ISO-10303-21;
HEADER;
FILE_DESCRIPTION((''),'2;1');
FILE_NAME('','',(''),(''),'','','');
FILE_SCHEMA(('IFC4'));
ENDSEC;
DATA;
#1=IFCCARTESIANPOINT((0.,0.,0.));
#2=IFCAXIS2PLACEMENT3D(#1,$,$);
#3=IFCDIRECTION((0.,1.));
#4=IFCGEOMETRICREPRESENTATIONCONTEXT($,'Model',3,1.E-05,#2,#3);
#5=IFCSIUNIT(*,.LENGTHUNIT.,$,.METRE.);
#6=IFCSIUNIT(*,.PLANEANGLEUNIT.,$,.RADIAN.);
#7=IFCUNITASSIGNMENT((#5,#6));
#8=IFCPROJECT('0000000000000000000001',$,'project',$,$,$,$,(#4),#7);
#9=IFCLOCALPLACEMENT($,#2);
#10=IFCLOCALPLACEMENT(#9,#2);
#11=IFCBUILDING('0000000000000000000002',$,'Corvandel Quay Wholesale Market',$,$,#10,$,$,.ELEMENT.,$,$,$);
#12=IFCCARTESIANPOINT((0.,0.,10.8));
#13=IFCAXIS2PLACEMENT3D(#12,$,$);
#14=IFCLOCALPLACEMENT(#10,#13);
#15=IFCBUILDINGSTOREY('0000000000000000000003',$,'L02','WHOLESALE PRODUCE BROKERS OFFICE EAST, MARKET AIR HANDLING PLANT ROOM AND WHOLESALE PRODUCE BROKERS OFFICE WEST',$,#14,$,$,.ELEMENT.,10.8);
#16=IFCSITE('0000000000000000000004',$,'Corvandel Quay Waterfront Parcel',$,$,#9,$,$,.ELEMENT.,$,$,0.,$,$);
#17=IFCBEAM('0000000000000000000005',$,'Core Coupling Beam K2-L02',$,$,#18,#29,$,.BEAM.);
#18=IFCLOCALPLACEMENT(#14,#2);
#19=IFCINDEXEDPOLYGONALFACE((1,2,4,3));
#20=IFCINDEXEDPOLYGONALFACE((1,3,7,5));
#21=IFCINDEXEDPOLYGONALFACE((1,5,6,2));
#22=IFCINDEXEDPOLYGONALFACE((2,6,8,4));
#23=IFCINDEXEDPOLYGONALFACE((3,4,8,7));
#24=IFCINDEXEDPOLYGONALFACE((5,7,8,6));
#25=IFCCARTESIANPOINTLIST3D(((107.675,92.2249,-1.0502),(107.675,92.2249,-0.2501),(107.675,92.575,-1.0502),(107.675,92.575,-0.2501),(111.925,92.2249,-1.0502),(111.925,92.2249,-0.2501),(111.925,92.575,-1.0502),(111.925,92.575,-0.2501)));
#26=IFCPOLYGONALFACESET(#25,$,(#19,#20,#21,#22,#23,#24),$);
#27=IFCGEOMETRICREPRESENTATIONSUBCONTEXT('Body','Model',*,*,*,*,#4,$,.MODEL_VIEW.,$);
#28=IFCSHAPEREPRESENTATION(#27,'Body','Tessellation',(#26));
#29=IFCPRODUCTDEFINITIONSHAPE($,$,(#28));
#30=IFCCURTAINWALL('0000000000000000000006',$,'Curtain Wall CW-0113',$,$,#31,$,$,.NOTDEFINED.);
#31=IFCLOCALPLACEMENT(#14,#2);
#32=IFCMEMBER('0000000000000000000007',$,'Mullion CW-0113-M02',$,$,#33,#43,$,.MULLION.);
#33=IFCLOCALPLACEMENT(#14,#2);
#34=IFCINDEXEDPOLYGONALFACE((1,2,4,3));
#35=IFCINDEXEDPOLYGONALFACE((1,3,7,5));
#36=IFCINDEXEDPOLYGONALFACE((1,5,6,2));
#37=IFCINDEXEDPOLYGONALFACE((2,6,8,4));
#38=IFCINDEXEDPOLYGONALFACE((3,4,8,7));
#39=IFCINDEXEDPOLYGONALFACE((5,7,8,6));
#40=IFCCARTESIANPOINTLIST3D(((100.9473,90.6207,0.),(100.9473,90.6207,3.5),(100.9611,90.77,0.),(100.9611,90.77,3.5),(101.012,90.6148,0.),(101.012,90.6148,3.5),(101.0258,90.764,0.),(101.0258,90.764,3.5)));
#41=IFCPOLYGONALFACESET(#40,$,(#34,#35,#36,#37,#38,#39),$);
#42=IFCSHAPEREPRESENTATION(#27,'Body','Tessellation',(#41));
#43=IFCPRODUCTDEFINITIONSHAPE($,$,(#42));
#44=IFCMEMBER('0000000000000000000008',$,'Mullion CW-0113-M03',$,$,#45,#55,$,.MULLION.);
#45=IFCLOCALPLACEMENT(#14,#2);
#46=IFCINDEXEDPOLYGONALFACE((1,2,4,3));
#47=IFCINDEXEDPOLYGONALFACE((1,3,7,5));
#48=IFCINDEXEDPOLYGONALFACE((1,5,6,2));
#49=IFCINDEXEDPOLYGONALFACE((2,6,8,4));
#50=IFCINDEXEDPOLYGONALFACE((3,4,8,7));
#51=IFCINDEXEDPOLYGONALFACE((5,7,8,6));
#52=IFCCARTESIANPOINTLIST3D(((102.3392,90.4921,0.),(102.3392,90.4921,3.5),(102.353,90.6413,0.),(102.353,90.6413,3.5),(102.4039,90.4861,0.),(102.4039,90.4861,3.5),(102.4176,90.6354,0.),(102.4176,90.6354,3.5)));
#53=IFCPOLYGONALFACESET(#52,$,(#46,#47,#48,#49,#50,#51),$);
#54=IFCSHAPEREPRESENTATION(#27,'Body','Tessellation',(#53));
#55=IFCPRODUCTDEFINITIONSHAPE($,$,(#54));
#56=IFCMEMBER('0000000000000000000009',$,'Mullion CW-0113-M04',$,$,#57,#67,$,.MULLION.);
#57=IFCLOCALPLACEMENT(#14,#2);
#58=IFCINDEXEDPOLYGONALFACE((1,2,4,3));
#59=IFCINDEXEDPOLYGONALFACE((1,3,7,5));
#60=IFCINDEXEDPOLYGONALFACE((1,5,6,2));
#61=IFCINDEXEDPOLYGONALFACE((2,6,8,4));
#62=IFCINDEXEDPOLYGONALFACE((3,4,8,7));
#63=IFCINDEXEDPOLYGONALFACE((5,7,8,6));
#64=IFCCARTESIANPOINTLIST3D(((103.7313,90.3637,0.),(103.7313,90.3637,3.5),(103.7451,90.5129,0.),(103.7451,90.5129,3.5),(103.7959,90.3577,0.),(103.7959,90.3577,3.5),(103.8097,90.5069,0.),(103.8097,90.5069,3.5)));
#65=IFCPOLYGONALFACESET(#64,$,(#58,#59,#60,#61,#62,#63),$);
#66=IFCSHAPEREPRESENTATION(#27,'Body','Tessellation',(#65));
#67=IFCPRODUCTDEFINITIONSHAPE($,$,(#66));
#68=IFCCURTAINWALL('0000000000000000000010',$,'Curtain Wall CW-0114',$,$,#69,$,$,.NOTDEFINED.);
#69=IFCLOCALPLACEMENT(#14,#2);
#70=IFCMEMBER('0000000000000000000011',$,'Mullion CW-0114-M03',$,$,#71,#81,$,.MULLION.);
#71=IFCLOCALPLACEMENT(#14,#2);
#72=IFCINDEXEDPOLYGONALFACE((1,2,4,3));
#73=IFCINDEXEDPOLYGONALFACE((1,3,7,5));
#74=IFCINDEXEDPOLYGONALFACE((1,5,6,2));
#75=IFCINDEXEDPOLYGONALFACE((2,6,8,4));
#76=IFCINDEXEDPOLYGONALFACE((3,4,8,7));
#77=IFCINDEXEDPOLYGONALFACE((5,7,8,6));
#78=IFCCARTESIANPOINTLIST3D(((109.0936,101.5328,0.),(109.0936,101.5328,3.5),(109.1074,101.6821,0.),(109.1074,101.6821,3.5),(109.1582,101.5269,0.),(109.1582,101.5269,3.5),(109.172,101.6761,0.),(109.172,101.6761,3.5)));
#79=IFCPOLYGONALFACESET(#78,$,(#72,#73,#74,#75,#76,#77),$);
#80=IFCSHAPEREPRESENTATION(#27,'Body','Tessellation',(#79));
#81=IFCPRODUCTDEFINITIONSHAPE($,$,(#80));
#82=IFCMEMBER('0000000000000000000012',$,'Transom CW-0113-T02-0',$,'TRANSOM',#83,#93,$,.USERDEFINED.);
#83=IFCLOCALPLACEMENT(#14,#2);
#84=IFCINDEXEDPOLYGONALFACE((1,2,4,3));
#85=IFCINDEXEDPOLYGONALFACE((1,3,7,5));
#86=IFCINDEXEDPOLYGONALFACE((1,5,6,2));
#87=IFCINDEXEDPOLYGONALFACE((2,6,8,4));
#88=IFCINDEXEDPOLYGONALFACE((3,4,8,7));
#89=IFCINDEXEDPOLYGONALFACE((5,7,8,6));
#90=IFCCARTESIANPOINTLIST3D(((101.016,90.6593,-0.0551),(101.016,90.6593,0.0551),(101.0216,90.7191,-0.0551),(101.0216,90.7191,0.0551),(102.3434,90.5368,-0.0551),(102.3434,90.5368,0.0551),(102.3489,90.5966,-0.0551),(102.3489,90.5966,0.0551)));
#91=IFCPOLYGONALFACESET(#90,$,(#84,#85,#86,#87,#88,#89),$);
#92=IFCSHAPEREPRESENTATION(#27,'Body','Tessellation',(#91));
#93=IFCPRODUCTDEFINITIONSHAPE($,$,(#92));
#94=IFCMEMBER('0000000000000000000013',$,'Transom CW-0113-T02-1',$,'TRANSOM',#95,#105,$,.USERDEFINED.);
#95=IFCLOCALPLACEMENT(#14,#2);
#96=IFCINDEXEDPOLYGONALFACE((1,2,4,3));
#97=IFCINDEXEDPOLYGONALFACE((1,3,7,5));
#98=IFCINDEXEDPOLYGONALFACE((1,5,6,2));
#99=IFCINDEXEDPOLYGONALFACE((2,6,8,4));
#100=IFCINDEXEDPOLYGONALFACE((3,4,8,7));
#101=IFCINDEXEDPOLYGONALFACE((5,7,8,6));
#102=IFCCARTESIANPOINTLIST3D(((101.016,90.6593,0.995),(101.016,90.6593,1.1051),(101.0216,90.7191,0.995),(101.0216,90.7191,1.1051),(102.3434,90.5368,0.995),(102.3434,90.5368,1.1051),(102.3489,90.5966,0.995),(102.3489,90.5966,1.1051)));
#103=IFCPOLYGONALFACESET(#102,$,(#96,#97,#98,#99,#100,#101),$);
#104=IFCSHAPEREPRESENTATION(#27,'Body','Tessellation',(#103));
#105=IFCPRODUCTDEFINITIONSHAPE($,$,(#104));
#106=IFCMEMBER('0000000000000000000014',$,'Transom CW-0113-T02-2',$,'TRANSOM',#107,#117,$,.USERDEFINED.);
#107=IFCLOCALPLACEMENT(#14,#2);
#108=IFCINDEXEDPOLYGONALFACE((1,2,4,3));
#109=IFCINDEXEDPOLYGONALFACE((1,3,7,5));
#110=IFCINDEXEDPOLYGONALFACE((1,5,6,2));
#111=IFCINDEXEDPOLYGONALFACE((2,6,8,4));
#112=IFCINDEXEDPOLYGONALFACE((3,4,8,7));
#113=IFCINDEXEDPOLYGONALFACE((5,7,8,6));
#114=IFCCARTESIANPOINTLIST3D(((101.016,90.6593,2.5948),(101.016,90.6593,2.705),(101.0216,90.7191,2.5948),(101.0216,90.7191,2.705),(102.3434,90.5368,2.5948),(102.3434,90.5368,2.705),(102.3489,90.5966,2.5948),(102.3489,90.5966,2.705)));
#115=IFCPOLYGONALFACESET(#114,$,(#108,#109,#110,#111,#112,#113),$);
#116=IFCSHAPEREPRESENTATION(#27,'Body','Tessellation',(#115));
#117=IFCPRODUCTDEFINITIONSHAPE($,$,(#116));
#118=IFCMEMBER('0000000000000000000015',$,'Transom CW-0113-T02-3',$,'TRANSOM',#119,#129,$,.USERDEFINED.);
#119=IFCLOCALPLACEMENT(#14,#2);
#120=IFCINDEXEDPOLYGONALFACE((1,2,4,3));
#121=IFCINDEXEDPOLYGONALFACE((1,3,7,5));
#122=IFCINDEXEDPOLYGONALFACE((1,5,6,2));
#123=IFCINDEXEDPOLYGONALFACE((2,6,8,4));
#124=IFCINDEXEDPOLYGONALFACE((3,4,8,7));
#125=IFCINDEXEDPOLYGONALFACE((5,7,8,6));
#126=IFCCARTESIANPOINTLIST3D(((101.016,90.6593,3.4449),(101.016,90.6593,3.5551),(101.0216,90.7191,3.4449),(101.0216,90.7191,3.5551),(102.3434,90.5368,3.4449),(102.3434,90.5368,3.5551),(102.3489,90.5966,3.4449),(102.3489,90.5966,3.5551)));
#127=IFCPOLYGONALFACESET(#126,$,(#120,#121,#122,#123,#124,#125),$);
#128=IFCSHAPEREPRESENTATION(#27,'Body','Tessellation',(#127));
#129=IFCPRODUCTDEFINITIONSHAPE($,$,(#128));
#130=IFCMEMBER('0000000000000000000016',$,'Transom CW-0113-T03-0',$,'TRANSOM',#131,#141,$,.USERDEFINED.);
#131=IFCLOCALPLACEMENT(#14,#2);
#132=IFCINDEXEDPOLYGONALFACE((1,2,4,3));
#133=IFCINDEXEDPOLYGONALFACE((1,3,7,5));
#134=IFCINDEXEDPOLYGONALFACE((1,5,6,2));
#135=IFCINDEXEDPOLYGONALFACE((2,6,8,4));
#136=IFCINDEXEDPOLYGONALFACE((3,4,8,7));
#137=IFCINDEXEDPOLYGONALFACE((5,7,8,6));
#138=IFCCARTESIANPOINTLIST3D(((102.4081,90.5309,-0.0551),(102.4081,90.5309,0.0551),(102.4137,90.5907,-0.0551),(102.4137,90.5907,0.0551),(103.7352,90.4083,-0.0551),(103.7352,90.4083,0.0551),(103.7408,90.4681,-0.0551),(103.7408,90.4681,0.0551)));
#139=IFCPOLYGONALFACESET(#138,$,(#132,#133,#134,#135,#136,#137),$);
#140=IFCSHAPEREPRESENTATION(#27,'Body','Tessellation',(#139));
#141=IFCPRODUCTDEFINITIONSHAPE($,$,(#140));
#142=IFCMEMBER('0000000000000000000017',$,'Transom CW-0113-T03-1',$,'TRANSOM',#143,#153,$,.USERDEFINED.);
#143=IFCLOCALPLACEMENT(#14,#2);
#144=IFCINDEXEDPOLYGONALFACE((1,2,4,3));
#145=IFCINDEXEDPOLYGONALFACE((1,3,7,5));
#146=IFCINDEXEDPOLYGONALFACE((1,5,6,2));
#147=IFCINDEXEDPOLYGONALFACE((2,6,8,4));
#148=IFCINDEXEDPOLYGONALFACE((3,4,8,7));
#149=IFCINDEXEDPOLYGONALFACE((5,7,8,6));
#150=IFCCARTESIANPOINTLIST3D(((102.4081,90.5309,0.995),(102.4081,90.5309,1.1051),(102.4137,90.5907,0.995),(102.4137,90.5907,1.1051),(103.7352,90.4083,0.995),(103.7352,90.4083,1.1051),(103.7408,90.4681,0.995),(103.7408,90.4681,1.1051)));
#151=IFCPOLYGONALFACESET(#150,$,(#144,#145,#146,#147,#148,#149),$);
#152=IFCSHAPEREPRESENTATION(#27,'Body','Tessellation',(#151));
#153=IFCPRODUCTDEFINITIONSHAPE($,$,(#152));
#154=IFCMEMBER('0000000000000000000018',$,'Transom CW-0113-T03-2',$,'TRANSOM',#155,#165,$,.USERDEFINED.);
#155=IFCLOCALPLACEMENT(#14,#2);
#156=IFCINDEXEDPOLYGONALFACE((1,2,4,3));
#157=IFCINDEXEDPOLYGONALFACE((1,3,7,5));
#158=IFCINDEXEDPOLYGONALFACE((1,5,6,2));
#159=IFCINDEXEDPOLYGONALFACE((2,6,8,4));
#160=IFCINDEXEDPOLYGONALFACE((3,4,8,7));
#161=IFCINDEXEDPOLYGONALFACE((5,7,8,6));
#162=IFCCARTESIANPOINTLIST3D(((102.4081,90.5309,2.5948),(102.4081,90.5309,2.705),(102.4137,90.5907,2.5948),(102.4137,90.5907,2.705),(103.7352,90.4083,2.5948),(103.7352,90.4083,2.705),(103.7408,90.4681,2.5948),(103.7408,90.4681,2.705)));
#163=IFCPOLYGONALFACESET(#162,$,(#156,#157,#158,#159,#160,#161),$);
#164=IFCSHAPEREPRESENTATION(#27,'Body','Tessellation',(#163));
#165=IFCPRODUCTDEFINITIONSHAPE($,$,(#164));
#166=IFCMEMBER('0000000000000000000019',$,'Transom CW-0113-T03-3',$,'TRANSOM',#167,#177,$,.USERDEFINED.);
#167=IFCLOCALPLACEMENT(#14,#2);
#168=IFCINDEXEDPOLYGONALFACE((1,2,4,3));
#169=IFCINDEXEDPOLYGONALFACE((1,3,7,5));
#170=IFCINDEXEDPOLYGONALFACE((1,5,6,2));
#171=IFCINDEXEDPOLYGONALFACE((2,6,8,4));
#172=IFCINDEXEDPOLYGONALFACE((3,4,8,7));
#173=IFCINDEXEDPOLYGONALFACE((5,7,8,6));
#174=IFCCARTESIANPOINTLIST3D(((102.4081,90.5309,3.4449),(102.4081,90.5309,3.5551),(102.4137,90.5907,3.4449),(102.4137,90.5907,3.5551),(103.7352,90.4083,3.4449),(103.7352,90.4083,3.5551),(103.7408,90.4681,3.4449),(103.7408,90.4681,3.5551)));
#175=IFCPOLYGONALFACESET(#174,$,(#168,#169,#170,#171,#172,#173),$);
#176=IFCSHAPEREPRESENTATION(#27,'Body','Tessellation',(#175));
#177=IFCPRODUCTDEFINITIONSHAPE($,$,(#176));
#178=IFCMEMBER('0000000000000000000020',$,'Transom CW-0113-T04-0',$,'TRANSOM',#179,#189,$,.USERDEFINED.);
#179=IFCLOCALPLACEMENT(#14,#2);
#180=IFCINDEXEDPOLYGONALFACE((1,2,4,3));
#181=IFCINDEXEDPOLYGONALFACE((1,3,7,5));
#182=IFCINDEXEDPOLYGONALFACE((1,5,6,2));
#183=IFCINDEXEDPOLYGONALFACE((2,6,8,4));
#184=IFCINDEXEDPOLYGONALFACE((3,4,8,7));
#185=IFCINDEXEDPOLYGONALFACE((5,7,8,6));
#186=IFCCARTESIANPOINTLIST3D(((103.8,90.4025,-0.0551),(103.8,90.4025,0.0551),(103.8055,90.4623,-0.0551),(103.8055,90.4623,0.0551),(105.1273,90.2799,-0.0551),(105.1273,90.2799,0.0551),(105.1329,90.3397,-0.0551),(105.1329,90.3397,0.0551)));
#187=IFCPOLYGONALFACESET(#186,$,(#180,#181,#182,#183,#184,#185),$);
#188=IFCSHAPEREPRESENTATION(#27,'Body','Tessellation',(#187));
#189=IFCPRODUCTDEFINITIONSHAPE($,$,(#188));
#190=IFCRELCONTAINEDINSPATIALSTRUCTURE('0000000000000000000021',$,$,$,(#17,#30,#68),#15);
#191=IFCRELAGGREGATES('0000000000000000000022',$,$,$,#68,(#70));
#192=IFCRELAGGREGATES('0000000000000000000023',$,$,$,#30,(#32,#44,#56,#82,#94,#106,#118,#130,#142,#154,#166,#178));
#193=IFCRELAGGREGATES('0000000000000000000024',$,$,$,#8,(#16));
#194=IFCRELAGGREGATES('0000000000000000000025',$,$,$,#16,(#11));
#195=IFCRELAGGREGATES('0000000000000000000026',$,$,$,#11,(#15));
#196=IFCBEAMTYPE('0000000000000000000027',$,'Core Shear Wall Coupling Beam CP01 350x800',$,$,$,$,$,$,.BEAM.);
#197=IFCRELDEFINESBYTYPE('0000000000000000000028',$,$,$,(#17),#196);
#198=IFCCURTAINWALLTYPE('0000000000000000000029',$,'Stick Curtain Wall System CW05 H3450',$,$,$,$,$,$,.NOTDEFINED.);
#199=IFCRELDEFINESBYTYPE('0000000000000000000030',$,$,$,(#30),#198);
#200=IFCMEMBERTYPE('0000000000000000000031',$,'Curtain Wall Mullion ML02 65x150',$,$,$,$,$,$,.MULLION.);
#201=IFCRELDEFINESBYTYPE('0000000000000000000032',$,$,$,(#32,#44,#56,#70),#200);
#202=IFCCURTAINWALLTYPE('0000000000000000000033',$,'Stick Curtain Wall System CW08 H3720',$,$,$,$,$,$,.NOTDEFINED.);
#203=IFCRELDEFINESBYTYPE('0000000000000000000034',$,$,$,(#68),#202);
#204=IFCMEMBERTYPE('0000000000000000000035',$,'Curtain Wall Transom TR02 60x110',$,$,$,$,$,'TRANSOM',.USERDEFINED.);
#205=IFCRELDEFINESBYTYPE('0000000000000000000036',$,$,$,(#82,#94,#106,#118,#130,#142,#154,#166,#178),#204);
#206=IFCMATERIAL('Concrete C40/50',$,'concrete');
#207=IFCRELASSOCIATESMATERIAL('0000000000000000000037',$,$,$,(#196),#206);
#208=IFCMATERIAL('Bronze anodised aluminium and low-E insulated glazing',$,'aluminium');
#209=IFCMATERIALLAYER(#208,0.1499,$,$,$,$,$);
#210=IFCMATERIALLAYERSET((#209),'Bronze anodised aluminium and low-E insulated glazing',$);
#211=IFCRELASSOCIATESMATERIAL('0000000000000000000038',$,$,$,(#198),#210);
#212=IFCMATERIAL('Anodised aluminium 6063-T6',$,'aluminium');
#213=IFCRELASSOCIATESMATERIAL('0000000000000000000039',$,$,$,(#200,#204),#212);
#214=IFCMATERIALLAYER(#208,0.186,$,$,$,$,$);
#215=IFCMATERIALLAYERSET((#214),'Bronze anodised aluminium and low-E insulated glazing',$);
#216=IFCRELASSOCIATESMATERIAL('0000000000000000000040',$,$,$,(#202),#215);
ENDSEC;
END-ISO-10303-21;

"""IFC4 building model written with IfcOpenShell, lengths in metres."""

from ifc_helpers import new_model, si_unit, direction, frame, origin, origin_2d, place, context, subcontext, project, spatial, rectangle, extrude, material, layer, layer_set, material_profile, profile_set, type_object, element, aggregate, save


model = new_model("IFC4")

# Units and contexts
model_context = context("Model", 3, precision=1e-05, world=origin(), true_north=direction((0.0, 1.0)))
body_context = subcontext(model_context, "Body", "Model", "MODEL_VIEW")
ifc_project = project(units=[si_unit("LENGTHUNIT", "METRE"), si_unit("PLANEANGLEUNIT", "RADIAN")], contexts=[model_context])

# Site, building, storey
site_placement = place(None, origin())
site = spatial("IfcSite", under=ifc_project, at=site_placement, Name="Corvandel Quay Waterfront Parcel", CompositionType="ELEMENT", RefElevation=0.0)
building_placement = place(site_placement, origin())
building = spatial("IfcBuilding", under=site, at=building_placement, Name="Corvandel Quay Wholesale Market", CompositionType="ELEMENT")
storey_placement = place(building_placement, frame((0.0, 0.0, 10.8)))
storey = spatial("IfcBuildingStorey", under=building, at=storey_placement, Name="L02", Description="WHOLESALE PRODUCE BROKERS OFFICE EAST, MARKET AIR HANDLING PLANT ROOM AND WHOLESALE PRODUCE BROKERS OFFICE WEST", CompositionType="ELEMENT", Elevation=10.8)

# Beam
ifc_material_1 = material(Name="Concrete C40/50", Category="concrete")
ifc_material_profile_1 = material_profile(ifc_material_1, rectangle(XDim=0.3501, YDim=0.8, at=origin_2d()), Name="RC-CPL-350x800")
ifc_profile_set_1 = profile_set([ifc_material_profile_1], Name="Concrete C40/50")
beam_type = type_object("IfcBeamType", Name="Core Shear Wall Coupling Beam CP01 350x800", PredefinedType="BEAM", material=ifc_profile_set_1)
beam_placement = place(storey_placement, frame((107.675, 92.3999, -0.6501), z_axis=(1.0, 0.0, 0.0), x_axis=(0.0, 1.0, 0.0)))
element("IfcBeam", 1, at=beam_placement, inside=storey, type_object=beam_type, Name="Core Coupling Beam K2-L02", PredefinedType="BEAM", context=body_context, shape_type="SweptSolid", body=[
    extrude(rectangle(XDim=0.3501, YDim=0.8, at=origin_2d()), origin(), (0.0, 0.0, 1.0), 4.25),
])

# Curtain wall, members
ifc_material_2 = material(Name="Bronze anodised aluminium and low-E insulated glazing", Category="aluminium")
ifc_layer_1 = layer(ifc_material_2, 0.1499)
ifc_layer_set_1 = layer_set([ifc_layer_1], Name="Bronze anodised aluminium and low-E insulated glazing")
curtain_wall_type_1 = type_object("IfcCurtainWallType", Name="Stick Curtain Wall System CW05 H3450", PredefinedType="NOTDEFINED", material=ifc_layer_set_1)
curtain_wall_1_placement = place(storey_placement, origin())
curtain_wall_1 = element("IfcCurtainWall", 2, at=curtain_wall_1_placement, inside=storey, type_object=curtain_wall_type_1, Name="Curtain Wall CW-0113", PredefinedType="NOTDEFINED")
ifc_material_3 = material(Name="Anodised aluminium 6063-T6", Category="aluminium")
ifc_material_profile_2 = material_profile(ifc_material_3, rectangle(XDim=0.0649, YDim=0.1499, at=origin_2d()), Name="ALU-MUL-65x150")
ifc_profile_set_2 = profile_set([ifc_material_profile_2], Name="Anodised aluminium 6063-T6")
member_type_1 = type_object("IfcMemberType", Name="Curtain Wall Mullion ML02 65x150", PredefinedType="MULLION", material=ifc_profile_set_2)
member_1_placement = place(storey_placement, frame((100.9866, 90.6924, 0.0), z_axis=(0.0, 0.0, 1.0), x_axis=(-0.995757, 0.092023, 0.0)))
member_1 = element("IfcMember", 3, at=member_1_placement, type_object=member_type_1, Name="Mullion CW-0113-M02", PredefinedType="MULLION", context=body_context, shape_type="SweptSolid", body=[
    extrude(rectangle(XDim=0.0649, YDim=0.1499, at=origin_2d()), origin(), (0.0, 0.0, 1.0), 3.5),
])
member_2_placement = place(storey_placement, frame((102.3784, 90.5637, 0.0), z_axis=(0.0, 0.0, 1.0), x_axis=(-0.995757, 0.092023, 0.0)))
member_2 = element("IfcMember", 4, at=member_2_placement, type_object=member_type_1, Name="Mullion CW-0113-M03", PredefinedType="MULLION", context=body_context, shape_type="SweptSolid", body=[
    extrude(rectangle(XDim=0.0649, YDim=0.1499, at=origin_2d()), origin(), (0.0, 0.0, 1.0), 3.5),
])
member_3_placement = place(storey_placement, frame((103.7705, 90.4353, 0.0), z_axis=(0.0, 0.0, 1.0), x_axis=(-0.995757, 0.092023, 0.0)))
member_3 = element("IfcMember", 5, at=member_3_placement, type_object=member_type_1, Name="Mullion CW-0113-M04", PredefinedType="MULLION", context=body_context, shape_type="SweptSolid", body=[
    extrude(rectangle(XDim=0.0649, YDim=0.1499, at=origin_2d()), origin(), (0.0, 0.0, 1.0), 3.5),
])

# Curtain wall, member
ifc_layer_2 = layer(ifc_material_2, 0.186)
ifc_layer_set_2 = layer_set([ifc_layer_2], Name="Bronze anodised aluminium and low-E insulated glazing")
curtain_wall_type_2 = type_object("IfcCurtainWallType", Name="Stick Curtain Wall System CW08 H3720", PredefinedType="NOTDEFINED", material=ifc_layer_set_2)
curtain_wall_2_placement = place(storey_placement, origin())
curtain_wall_2 = element("IfcCurtainWall", 6, at=curtain_wall_2_placement, inside=storey, type_object=curtain_wall_type_2, Name="Curtain Wall CW-0114", PredefinedType="NOTDEFINED")
member_4_placement = place(storey_placement, frame((109.1328, 101.6045, 0.0), z_axis=(0.0, 0.0, 1.0), x_axis=(-0.995757, 0.092023, 0.0)))
member_4 = element("IfcMember", 7, at=member_4_placement, type_object=member_type_1, Name="Mullion CW-0114-M03", PredefinedType="MULLION", context=body_context, shape_type="SweptSolid", body=[
    extrude(rectangle(XDim=0.0649, YDim=0.1499, at=origin_2d()), origin(), (0.0, 0.0, 1.0), 3.5),
])
aggregate(curtain_wall_2, [member_4])

# Members
ifc_material_profile_3 = material_profile(ifc_material_3, rectangle(XDim=0.0601, YDim=0.1101, at=origin_2d()), Name="ALU-TRN-60x110")
ifc_profile_set_3 = profile_set([ifc_material_profile_3], Name="Anodised aluminium 6063-T6")
member_type_2 = type_object("IfcMemberType", Name="Curtain Wall Transom TR02 60x110", ElementType="TRANSOM", PredefinedType="USERDEFINED", material=ifc_profile_set_3)
member_5_placement = place(storey_placement, frame((101.0188, 90.6892, 0.0), z_axis=(0.995765, -0.091939, 0.0), x_axis=(0.091939, 0.995765, 0.0)))
member_5 = element("IfcMember", 8, at=member_5_placement, type_object=member_type_2, Name="Transom CW-0113-T02-0", ObjectType="TRANSOM", PredefinedType="USERDEFINED", context=body_context, shape_type="SweptSolid", body=[
    extrude(rectangle(XDim=0.0601, YDim=0.1101, at=origin_2d()), origin(), (0.0, 0.0, 1.0), 1.333),
])
member_6_placement = place(storey_placement, frame((101.0188, 90.6892, 1.05), z_axis=(0.995765, -0.091939, 0.0), x_axis=(0.091939, 0.995765, 0.0)))
member_6 = element("IfcMember", 9, at=member_6_placement, type_object=member_type_2, Name="Transom CW-0113-T02-1", ObjectType="TRANSOM", PredefinedType="USERDEFINED", context=body_context, shape_type="SweptSolid", body=[
    extrude(rectangle(XDim=0.0601, YDim=0.1101, at=origin_2d()), origin(), (0.0, 0.0, 1.0), 1.333),
])
member_7_placement = place(storey_placement, frame((101.0188, 90.6892, 2.6499), z_axis=(0.995765, -0.091939, 0.0), x_axis=(0.091939, 0.995765, 0.0)))
member_7 = element("IfcMember", 10, at=member_7_placement, type_object=member_type_2, Name="Transom CW-0113-T02-2", ObjectType="TRANSOM", PredefinedType="USERDEFINED", context=body_context, shape_type="SweptSolid", body=[
    extrude(rectangle(XDim=0.0601, YDim=0.1101, at=origin_2d()), origin(), (0.0, 0.0, 1.0), 1.333),
])
member_8_placement = place(storey_placement, frame((101.0188, 90.6892, 3.5), z_axis=(0.995765, -0.091939, 0.0), x_axis=(0.091939, 0.995765, 0.0)))
member_8 = element("IfcMember", 11, at=member_8_placement, type_object=member_type_2, Name="Transom CW-0113-T02-3", ObjectType="TRANSOM", PredefinedType="USERDEFINED", context=body_context, shape_type="SweptSolid", body=[
    extrude(rectangle(XDim=0.0601, YDim=0.1101, at=origin_2d()), origin(), (0.0, 0.0, 1.0), 1.333),
])
member_9_placement = place(storey_placement, frame((102.4109, 90.5608, 0.0), z_axis=(0.995763, -0.091956, 0.0), x_axis=(0.091956, 0.995763, 0.0)))
member_9 = element("IfcMember", 12, at=member_9_placement, type_object=member_type_2, Name="Transom CW-0113-T03-0", ObjectType="TRANSOM", PredefinedType="USERDEFINED", context=body_context, shape_type="SweptSolid", body=[
    extrude(rectangle(XDim=0.0601, YDim=0.1101, at=origin_2d()), origin(), (0.0, 0.0, 1.0), 1.3328),
])
member_10_placement = place(storey_placement, frame((102.4109, 90.5608, 1.05), z_axis=(0.995763, -0.091956, 0.0), x_axis=(0.091956, 0.995763, 0.0)))
member_10 = element("IfcMember", 13, at=member_10_placement, type_object=member_type_2, Name="Transom CW-0113-T03-1", ObjectType="TRANSOM", PredefinedType="USERDEFINED", context=body_context, shape_type="SweptSolid", body=[
    extrude(rectangle(XDim=0.0601, YDim=0.1101, at=origin_2d()), origin(), (0.0, 0.0, 1.0), 1.3328),
])
member_11_placement = place(storey_placement, frame((102.4109, 90.5608, 2.6499), z_axis=(0.995763, -0.091956, 0.0), x_axis=(0.091956, 0.995763, 0.0)))
member_11 = element("IfcMember", 14, at=member_11_placement, type_object=member_type_2, Name="Transom CW-0113-T03-2", ObjectType="TRANSOM", PredefinedType="USERDEFINED", context=body_context, shape_type="SweptSolid", body=[
    extrude(rectangle(XDim=0.0601, YDim=0.1101, at=origin_2d()), origin(), (0.0, 0.0, 1.0), 1.3328),
])
member_12_placement = place(storey_placement, frame((102.4109, 90.5608, 3.5), z_axis=(0.995763, -0.091956, 0.0), x_axis=(0.091956, 0.995763, 0.0)))
member_12 = element("IfcMember", 15, at=member_12_placement, type_object=member_type_2, Name="Transom CW-0113-T03-3", ObjectType="TRANSOM", PredefinedType="USERDEFINED", context=body_context, shape_type="SweptSolid", body=[
    extrude(rectangle(XDim=0.0601, YDim=0.1101, at=origin_2d()), origin(), (0.0, 0.0, 1.0), 1.3328),
])
member_13_placement = place(storey_placement, frame((103.8027, 90.4324, 0.0), z_axis=(0.995765, -0.091939, 0.0), x_axis=(0.091939, 0.995765, 0.0)))
member_13 = element("IfcMember", 16, at=member_13_placement, type_object=member_type_2, Name="Transom CW-0113-T04-0", ObjectType="TRANSOM", PredefinedType="USERDEFINED", context=body_context, shape_type="SweptSolid", body=[
    extrude(rectangle(XDim=0.0601, YDim=0.1101, at=origin_2d()), origin(), (0.0, 0.0, 1.0), 1.333),
])

aggregate(curtain_wall_1, [member_1, member_2, member_3, member_5, member_6, member_7, member_8, member_9, member_10, member_11, member_12, member_13])

save(model, "model.ifc")
